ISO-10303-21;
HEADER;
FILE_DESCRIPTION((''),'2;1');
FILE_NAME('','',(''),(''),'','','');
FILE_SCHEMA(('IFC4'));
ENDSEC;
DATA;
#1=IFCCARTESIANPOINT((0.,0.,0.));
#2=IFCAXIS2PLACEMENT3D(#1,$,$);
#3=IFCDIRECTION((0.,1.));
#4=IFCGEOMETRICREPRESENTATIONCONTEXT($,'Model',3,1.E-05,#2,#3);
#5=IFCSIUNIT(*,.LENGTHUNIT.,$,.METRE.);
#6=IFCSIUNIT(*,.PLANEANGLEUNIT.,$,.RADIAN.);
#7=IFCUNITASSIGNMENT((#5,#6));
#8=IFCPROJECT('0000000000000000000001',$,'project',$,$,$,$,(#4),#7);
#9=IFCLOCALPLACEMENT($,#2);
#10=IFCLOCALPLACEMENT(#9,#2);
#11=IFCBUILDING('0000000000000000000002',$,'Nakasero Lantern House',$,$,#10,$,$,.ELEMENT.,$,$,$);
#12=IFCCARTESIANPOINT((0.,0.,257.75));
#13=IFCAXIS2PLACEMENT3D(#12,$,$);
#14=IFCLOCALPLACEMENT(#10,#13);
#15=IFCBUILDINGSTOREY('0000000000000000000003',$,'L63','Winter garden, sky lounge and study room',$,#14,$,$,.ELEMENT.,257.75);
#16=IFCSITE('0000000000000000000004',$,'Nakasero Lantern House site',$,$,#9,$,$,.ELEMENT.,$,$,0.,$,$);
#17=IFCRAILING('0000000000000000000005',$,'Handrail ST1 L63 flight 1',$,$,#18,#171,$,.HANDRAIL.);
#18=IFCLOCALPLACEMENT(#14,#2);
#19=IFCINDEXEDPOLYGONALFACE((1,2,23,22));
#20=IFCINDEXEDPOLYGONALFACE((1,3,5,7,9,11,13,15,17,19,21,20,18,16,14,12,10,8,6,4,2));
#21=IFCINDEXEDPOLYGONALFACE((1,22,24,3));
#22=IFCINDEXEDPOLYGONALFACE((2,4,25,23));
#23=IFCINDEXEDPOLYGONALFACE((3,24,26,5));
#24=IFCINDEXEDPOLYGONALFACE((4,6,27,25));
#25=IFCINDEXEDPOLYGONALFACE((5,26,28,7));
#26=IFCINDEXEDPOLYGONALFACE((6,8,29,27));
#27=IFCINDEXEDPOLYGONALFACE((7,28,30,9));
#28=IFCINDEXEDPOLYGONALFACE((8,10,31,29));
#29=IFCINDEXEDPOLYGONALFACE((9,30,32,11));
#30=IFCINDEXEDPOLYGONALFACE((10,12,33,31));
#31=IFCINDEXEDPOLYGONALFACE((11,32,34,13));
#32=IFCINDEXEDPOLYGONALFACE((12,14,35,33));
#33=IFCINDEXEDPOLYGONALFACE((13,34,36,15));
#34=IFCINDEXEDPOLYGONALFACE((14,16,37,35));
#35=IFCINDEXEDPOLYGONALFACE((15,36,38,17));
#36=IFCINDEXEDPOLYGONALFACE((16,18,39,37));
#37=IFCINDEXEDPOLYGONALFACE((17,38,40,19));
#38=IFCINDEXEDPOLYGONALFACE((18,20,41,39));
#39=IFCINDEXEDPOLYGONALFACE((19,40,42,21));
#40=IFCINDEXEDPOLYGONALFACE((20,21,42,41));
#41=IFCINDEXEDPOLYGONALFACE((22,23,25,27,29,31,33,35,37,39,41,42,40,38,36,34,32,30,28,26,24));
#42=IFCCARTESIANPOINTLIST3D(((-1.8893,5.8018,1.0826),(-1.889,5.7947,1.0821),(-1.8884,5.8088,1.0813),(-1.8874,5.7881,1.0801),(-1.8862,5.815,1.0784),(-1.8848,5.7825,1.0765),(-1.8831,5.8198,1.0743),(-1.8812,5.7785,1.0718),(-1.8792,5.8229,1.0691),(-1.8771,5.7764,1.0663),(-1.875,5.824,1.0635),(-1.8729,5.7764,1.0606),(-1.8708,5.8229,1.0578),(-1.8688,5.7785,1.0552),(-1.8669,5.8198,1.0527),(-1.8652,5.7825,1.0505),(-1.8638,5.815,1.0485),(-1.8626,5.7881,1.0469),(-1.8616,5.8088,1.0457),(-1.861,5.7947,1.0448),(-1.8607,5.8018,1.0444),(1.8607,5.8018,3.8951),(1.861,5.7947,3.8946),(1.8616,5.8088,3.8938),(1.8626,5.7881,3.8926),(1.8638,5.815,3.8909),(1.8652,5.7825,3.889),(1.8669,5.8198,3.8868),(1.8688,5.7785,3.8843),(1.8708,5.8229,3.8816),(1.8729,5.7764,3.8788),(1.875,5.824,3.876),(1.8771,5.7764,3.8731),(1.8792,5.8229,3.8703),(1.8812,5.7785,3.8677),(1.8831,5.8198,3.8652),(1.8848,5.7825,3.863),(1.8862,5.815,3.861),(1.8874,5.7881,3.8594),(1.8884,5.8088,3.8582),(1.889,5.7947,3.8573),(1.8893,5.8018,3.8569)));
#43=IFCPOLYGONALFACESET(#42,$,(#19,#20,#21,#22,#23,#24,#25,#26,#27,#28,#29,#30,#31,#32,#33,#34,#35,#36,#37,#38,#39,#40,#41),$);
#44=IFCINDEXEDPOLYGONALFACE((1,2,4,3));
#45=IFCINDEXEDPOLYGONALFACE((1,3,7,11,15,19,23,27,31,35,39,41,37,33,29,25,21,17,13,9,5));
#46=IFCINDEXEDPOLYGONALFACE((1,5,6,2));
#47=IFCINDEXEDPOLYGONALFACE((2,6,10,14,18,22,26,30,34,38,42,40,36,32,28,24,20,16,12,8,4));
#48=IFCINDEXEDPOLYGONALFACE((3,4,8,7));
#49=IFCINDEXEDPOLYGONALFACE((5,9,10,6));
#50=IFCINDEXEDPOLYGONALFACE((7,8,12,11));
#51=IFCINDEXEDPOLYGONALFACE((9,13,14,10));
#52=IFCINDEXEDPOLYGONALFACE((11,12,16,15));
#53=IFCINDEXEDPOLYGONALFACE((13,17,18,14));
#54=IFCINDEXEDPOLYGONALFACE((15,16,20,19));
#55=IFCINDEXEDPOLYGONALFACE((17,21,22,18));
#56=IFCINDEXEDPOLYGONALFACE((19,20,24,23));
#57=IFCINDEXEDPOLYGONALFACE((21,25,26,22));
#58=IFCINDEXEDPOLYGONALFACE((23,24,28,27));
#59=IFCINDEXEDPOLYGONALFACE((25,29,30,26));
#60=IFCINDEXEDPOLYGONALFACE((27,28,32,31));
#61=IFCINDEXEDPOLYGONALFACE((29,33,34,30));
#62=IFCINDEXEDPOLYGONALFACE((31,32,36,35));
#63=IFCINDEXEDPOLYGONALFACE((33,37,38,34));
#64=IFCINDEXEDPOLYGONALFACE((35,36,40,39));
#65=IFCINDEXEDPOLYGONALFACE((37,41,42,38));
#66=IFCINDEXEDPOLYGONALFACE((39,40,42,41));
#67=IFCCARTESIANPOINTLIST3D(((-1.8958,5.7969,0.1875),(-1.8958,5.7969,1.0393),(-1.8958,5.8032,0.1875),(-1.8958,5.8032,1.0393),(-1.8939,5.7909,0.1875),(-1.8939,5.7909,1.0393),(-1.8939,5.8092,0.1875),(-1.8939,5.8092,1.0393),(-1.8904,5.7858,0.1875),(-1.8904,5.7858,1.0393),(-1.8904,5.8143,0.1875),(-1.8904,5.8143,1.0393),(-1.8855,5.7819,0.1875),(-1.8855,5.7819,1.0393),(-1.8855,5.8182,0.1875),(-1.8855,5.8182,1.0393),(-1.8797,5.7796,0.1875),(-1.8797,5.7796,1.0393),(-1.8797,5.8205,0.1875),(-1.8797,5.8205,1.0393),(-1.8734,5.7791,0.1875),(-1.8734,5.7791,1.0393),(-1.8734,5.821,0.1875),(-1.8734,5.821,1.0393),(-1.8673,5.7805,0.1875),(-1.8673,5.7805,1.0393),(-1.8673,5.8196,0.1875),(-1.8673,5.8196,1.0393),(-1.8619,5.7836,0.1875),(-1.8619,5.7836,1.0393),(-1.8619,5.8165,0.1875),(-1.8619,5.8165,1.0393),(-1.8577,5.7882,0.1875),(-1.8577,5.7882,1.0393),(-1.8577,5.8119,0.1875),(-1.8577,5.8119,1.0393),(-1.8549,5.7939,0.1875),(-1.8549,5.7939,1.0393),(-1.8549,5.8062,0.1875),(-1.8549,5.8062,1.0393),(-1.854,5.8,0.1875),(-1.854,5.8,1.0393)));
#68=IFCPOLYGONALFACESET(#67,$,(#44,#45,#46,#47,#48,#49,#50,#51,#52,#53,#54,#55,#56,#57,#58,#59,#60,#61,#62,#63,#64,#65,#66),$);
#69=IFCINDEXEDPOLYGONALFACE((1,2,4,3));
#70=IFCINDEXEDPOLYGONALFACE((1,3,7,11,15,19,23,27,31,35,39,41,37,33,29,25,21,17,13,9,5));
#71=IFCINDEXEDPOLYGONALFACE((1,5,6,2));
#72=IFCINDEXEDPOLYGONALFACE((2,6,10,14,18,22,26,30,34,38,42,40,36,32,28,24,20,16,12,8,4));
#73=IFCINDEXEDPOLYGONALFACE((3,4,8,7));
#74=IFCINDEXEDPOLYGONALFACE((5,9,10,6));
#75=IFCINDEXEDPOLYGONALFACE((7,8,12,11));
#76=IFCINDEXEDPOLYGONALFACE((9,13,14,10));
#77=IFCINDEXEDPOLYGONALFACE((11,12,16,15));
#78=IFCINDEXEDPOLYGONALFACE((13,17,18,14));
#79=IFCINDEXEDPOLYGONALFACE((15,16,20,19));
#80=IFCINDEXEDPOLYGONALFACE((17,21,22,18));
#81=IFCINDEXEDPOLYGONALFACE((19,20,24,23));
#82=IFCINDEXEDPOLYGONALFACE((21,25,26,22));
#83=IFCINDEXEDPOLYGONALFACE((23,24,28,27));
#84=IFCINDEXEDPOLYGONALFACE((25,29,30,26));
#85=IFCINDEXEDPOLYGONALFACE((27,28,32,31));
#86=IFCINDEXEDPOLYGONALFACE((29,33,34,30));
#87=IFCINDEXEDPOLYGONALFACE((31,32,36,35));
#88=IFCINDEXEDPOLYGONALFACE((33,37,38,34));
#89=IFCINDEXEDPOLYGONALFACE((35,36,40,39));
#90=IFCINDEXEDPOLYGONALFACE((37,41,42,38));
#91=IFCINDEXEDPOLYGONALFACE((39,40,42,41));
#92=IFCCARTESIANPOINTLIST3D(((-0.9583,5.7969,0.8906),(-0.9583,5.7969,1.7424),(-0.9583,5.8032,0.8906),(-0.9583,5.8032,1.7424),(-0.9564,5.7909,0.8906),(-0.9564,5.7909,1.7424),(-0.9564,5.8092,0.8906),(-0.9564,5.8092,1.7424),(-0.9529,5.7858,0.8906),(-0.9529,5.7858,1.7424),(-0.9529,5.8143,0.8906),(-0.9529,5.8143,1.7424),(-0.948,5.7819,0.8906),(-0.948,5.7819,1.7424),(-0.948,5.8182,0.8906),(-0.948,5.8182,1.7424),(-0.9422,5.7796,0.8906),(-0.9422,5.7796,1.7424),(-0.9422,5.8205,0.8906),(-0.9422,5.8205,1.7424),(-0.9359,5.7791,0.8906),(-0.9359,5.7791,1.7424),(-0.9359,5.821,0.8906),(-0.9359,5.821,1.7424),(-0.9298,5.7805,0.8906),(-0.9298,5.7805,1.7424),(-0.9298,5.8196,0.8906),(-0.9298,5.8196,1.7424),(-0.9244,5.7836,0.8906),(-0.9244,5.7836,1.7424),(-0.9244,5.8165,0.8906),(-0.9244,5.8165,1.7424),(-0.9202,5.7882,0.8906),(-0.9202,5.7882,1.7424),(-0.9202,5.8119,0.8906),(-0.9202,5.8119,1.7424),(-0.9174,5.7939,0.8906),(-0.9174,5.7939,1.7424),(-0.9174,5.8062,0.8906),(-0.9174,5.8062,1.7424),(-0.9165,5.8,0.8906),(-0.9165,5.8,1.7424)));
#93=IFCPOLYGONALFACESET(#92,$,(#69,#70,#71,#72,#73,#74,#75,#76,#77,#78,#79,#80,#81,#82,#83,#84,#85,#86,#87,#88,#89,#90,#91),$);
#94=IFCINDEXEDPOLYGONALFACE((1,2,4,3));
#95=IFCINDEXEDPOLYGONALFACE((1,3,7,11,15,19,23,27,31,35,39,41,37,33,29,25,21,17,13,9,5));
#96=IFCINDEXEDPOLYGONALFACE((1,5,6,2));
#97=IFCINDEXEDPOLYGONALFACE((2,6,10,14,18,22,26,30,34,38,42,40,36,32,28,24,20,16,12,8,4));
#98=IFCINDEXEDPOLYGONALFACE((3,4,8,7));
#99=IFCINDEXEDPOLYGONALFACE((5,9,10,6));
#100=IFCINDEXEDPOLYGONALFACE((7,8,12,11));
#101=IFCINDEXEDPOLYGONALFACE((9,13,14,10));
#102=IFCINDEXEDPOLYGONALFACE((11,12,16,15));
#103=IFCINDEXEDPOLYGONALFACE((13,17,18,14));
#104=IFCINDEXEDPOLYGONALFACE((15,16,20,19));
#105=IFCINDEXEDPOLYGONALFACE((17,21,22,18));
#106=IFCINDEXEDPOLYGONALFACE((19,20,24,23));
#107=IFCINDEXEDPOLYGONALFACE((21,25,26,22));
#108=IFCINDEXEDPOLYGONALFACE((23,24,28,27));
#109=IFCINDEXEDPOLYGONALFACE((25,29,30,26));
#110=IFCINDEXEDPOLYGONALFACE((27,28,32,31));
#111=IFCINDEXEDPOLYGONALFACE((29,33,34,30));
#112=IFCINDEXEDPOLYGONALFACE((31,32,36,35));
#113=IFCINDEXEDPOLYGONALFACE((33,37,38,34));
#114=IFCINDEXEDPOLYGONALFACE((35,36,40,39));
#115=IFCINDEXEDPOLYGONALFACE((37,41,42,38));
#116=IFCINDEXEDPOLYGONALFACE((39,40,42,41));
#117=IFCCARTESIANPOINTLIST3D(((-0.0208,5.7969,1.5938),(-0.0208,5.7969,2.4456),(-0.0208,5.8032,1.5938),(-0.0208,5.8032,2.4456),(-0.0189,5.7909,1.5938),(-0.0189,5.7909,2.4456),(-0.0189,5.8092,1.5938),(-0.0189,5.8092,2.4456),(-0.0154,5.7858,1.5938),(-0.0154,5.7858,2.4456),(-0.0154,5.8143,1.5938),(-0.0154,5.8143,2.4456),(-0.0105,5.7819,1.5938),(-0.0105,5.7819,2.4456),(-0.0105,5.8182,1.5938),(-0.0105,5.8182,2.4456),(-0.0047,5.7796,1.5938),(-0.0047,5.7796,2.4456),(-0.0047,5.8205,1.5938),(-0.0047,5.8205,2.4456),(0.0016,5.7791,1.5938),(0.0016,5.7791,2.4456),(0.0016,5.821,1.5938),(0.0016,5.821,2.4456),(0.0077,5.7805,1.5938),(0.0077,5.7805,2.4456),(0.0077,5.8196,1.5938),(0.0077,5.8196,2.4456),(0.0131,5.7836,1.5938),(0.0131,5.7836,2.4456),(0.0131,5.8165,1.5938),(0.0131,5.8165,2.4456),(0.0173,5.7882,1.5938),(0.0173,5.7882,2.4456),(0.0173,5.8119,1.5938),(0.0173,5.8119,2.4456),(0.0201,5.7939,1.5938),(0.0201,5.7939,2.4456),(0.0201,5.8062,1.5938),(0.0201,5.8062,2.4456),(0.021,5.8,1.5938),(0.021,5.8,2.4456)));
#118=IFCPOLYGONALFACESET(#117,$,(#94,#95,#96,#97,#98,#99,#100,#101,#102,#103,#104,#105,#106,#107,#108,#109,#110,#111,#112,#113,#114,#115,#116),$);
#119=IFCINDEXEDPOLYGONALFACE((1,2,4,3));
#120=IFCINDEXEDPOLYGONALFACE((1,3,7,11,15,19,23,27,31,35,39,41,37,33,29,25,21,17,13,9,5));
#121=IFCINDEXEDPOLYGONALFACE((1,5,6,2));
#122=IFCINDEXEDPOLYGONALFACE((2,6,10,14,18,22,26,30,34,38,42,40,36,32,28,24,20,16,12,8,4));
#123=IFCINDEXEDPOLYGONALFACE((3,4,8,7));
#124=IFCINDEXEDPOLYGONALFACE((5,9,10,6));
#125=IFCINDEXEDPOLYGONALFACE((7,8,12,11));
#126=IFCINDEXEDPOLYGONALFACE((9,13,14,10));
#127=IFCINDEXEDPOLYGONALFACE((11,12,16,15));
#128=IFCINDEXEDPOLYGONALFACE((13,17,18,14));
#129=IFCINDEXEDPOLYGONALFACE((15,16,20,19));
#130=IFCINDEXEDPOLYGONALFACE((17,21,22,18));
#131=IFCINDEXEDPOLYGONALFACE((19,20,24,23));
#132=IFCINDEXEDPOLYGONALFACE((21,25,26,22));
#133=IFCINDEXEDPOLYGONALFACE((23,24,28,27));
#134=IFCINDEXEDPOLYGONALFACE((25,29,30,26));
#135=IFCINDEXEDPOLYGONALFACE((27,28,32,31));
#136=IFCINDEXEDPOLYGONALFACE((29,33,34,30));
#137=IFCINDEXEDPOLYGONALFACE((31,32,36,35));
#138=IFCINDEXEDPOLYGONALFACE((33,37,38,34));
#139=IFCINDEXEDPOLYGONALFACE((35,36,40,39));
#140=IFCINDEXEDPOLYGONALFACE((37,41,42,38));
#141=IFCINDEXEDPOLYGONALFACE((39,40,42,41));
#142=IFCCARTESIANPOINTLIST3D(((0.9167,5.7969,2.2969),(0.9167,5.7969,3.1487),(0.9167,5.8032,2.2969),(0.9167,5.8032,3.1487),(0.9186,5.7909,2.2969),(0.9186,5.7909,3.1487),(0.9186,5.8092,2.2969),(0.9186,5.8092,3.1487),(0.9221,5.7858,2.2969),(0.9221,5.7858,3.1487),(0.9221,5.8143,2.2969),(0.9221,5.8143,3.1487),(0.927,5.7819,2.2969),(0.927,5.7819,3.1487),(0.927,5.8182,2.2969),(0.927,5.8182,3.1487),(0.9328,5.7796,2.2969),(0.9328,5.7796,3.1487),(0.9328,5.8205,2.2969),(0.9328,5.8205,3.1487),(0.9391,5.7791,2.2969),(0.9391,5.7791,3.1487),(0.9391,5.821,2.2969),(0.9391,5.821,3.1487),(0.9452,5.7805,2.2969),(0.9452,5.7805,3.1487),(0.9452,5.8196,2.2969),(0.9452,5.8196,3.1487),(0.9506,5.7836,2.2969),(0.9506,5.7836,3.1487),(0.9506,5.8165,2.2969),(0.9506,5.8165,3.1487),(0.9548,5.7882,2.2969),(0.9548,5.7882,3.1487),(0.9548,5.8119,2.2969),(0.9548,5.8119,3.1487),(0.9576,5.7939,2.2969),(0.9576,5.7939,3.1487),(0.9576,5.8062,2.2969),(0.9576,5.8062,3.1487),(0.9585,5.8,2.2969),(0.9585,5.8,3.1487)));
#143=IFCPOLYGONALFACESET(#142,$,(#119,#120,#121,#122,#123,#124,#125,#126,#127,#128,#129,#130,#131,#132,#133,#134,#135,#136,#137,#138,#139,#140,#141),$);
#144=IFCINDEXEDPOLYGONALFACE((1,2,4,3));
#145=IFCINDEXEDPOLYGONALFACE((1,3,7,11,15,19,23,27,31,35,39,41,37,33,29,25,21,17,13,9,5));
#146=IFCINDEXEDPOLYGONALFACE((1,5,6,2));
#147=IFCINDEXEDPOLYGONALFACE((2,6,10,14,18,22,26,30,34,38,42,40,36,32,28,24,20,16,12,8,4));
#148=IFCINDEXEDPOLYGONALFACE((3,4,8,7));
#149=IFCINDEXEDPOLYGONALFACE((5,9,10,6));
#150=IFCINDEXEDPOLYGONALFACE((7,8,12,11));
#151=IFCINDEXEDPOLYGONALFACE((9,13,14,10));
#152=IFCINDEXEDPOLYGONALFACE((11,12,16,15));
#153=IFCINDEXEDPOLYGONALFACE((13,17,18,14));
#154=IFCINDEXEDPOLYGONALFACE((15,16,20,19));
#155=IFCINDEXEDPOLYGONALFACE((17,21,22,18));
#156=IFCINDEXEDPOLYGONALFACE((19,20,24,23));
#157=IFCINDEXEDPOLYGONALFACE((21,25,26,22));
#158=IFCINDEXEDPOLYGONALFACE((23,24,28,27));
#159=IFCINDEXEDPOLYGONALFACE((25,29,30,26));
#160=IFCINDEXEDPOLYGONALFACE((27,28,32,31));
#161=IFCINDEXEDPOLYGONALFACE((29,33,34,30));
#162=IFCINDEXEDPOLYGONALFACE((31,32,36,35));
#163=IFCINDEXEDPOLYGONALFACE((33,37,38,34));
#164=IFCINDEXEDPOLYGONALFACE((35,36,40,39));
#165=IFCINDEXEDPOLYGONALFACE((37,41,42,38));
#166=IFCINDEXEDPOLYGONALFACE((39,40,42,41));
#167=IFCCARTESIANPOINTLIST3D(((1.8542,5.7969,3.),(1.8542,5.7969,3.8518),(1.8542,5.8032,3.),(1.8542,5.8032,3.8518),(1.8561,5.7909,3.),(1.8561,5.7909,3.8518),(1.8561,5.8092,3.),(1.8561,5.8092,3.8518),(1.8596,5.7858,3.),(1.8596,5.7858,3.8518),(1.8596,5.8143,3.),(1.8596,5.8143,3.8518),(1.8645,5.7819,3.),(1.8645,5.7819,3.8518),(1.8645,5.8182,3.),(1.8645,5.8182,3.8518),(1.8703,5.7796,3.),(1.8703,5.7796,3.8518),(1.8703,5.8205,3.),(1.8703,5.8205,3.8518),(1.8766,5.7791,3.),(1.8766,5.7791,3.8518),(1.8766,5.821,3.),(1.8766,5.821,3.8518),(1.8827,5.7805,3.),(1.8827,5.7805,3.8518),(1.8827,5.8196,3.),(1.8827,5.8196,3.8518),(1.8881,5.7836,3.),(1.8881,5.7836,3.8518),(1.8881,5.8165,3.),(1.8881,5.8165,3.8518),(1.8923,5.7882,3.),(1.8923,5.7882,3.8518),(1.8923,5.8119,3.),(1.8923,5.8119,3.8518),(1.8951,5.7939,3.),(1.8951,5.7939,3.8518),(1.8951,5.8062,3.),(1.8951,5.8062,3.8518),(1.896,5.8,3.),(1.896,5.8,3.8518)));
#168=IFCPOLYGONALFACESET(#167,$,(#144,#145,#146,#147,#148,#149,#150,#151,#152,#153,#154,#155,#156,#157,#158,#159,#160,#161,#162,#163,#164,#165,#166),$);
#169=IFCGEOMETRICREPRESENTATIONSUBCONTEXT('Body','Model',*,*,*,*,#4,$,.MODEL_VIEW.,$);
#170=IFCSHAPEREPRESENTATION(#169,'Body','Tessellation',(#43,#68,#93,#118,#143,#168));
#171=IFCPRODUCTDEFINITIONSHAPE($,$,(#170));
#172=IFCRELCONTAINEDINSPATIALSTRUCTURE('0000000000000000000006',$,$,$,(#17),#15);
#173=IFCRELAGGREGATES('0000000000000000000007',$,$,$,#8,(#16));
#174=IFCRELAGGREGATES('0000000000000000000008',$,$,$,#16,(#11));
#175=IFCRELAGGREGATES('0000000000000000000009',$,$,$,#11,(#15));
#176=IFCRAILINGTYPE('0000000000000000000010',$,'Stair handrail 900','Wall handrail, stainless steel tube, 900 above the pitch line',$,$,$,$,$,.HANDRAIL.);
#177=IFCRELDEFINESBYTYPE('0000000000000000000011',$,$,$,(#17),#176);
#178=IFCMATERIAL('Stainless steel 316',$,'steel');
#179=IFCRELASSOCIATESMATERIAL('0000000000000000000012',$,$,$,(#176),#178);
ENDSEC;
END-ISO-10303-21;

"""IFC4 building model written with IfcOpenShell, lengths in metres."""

from ifc_helpers import new_model, si_unit, direction, frame, origin, origin_2d, place, context, subcontext, project, spatial, circle, extrude, material, type_object, element, save


model = new_model("IFC4")

# Units and contexts
model_context = context("Model", 3, precision=1e-05, world=origin(), true_north=direction((0.0, 1.0)))
body_context = subcontext(model_context, "Body", "Model", "MODEL_VIEW")
ifc_project = project(units=[si_unit("LENGTHUNIT", "METRE"), si_unit("PLANEANGLEUNIT", "RADIAN")], contexts=[model_context])

# Site, building, storey
site_placement = place(None, origin())
site = spatial("IfcSite", under=ifc_project, at=site_placement, Name="Nakasero Lantern House site", CompositionType="ELEMENT", RefElevation=0.0)
building_placement = place(site_placement, origin())
building = spatial("IfcBuilding", under=site, at=building_placement, Name="Nakasero Lantern House", CompositionType="ELEMENT")
storey_placement = place(building_placement, frame((0.0, 0.0, 257.75)))
storey = spatial("IfcBuildingStorey", under=building, at=storey_placement, Name="L63", Description="Winter garden, sky lounge and study room", CompositionType="ELEMENT", Elevation=257.75)

# Railing
ifc_material_1 = material(Name="Stainless steel 316", Category="steel")
railing_type = type_object("IfcRailingType", Name="Stair handrail 900", Description="Wall handrail, stainless steel tube, 900 above the pitch line", PredefinedType="HANDRAIL", material=ifc_material_1)
railing_placement = place(storey_placement, frame((-1.875, 5.8, 0.1875)))
element("IfcRailing", 1, at=railing_placement, inside=storey, type_object=railing_type, Name="Handrail ST1 L63 flight 1", PredefinedType="HANDRAIL", context=body_context, shape_type="SweptSolid", body=[
    extrude(circle(Radius=0.0239, at=origin_2d()), frame((0.0, 0.0, 0.876), z_axis=(0.8, 0.0, 0.6), x_axis=(0.0, 1.0, 0.0)), (0.0, 0.0, 1.0), 4.6875),
    extrude(circle(Radius=0.021, at=origin_2d()), origin(), (0.0, 0.0, 1.0), 0.8518),
    extrude(circle(Radius=0.021, at=origin_2d()), frame((0.9375, 0.0, 0.7031)), (0.0, 0.0, 1.0), 0.8518),
    extrude(circle(Radius=0.021, at=origin_2d()), frame((1.875, 0.0, 1.4062)), (0.0, 0.0, 1.0), 0.8518),
    extrude(circle(Radius=0.021, at=origin_2d()), frame((2.8125, 0.0, 2.1094)), (0.0, 0.0, 1.0), 0.8518),
    extrude(circle(Radius=0.021, at=origin_2d()), frame((3.75, 0.0, 2.8125)), (0.0, 0.0, 1.0), 0.8518),
])

save(model, "model.ifc")
